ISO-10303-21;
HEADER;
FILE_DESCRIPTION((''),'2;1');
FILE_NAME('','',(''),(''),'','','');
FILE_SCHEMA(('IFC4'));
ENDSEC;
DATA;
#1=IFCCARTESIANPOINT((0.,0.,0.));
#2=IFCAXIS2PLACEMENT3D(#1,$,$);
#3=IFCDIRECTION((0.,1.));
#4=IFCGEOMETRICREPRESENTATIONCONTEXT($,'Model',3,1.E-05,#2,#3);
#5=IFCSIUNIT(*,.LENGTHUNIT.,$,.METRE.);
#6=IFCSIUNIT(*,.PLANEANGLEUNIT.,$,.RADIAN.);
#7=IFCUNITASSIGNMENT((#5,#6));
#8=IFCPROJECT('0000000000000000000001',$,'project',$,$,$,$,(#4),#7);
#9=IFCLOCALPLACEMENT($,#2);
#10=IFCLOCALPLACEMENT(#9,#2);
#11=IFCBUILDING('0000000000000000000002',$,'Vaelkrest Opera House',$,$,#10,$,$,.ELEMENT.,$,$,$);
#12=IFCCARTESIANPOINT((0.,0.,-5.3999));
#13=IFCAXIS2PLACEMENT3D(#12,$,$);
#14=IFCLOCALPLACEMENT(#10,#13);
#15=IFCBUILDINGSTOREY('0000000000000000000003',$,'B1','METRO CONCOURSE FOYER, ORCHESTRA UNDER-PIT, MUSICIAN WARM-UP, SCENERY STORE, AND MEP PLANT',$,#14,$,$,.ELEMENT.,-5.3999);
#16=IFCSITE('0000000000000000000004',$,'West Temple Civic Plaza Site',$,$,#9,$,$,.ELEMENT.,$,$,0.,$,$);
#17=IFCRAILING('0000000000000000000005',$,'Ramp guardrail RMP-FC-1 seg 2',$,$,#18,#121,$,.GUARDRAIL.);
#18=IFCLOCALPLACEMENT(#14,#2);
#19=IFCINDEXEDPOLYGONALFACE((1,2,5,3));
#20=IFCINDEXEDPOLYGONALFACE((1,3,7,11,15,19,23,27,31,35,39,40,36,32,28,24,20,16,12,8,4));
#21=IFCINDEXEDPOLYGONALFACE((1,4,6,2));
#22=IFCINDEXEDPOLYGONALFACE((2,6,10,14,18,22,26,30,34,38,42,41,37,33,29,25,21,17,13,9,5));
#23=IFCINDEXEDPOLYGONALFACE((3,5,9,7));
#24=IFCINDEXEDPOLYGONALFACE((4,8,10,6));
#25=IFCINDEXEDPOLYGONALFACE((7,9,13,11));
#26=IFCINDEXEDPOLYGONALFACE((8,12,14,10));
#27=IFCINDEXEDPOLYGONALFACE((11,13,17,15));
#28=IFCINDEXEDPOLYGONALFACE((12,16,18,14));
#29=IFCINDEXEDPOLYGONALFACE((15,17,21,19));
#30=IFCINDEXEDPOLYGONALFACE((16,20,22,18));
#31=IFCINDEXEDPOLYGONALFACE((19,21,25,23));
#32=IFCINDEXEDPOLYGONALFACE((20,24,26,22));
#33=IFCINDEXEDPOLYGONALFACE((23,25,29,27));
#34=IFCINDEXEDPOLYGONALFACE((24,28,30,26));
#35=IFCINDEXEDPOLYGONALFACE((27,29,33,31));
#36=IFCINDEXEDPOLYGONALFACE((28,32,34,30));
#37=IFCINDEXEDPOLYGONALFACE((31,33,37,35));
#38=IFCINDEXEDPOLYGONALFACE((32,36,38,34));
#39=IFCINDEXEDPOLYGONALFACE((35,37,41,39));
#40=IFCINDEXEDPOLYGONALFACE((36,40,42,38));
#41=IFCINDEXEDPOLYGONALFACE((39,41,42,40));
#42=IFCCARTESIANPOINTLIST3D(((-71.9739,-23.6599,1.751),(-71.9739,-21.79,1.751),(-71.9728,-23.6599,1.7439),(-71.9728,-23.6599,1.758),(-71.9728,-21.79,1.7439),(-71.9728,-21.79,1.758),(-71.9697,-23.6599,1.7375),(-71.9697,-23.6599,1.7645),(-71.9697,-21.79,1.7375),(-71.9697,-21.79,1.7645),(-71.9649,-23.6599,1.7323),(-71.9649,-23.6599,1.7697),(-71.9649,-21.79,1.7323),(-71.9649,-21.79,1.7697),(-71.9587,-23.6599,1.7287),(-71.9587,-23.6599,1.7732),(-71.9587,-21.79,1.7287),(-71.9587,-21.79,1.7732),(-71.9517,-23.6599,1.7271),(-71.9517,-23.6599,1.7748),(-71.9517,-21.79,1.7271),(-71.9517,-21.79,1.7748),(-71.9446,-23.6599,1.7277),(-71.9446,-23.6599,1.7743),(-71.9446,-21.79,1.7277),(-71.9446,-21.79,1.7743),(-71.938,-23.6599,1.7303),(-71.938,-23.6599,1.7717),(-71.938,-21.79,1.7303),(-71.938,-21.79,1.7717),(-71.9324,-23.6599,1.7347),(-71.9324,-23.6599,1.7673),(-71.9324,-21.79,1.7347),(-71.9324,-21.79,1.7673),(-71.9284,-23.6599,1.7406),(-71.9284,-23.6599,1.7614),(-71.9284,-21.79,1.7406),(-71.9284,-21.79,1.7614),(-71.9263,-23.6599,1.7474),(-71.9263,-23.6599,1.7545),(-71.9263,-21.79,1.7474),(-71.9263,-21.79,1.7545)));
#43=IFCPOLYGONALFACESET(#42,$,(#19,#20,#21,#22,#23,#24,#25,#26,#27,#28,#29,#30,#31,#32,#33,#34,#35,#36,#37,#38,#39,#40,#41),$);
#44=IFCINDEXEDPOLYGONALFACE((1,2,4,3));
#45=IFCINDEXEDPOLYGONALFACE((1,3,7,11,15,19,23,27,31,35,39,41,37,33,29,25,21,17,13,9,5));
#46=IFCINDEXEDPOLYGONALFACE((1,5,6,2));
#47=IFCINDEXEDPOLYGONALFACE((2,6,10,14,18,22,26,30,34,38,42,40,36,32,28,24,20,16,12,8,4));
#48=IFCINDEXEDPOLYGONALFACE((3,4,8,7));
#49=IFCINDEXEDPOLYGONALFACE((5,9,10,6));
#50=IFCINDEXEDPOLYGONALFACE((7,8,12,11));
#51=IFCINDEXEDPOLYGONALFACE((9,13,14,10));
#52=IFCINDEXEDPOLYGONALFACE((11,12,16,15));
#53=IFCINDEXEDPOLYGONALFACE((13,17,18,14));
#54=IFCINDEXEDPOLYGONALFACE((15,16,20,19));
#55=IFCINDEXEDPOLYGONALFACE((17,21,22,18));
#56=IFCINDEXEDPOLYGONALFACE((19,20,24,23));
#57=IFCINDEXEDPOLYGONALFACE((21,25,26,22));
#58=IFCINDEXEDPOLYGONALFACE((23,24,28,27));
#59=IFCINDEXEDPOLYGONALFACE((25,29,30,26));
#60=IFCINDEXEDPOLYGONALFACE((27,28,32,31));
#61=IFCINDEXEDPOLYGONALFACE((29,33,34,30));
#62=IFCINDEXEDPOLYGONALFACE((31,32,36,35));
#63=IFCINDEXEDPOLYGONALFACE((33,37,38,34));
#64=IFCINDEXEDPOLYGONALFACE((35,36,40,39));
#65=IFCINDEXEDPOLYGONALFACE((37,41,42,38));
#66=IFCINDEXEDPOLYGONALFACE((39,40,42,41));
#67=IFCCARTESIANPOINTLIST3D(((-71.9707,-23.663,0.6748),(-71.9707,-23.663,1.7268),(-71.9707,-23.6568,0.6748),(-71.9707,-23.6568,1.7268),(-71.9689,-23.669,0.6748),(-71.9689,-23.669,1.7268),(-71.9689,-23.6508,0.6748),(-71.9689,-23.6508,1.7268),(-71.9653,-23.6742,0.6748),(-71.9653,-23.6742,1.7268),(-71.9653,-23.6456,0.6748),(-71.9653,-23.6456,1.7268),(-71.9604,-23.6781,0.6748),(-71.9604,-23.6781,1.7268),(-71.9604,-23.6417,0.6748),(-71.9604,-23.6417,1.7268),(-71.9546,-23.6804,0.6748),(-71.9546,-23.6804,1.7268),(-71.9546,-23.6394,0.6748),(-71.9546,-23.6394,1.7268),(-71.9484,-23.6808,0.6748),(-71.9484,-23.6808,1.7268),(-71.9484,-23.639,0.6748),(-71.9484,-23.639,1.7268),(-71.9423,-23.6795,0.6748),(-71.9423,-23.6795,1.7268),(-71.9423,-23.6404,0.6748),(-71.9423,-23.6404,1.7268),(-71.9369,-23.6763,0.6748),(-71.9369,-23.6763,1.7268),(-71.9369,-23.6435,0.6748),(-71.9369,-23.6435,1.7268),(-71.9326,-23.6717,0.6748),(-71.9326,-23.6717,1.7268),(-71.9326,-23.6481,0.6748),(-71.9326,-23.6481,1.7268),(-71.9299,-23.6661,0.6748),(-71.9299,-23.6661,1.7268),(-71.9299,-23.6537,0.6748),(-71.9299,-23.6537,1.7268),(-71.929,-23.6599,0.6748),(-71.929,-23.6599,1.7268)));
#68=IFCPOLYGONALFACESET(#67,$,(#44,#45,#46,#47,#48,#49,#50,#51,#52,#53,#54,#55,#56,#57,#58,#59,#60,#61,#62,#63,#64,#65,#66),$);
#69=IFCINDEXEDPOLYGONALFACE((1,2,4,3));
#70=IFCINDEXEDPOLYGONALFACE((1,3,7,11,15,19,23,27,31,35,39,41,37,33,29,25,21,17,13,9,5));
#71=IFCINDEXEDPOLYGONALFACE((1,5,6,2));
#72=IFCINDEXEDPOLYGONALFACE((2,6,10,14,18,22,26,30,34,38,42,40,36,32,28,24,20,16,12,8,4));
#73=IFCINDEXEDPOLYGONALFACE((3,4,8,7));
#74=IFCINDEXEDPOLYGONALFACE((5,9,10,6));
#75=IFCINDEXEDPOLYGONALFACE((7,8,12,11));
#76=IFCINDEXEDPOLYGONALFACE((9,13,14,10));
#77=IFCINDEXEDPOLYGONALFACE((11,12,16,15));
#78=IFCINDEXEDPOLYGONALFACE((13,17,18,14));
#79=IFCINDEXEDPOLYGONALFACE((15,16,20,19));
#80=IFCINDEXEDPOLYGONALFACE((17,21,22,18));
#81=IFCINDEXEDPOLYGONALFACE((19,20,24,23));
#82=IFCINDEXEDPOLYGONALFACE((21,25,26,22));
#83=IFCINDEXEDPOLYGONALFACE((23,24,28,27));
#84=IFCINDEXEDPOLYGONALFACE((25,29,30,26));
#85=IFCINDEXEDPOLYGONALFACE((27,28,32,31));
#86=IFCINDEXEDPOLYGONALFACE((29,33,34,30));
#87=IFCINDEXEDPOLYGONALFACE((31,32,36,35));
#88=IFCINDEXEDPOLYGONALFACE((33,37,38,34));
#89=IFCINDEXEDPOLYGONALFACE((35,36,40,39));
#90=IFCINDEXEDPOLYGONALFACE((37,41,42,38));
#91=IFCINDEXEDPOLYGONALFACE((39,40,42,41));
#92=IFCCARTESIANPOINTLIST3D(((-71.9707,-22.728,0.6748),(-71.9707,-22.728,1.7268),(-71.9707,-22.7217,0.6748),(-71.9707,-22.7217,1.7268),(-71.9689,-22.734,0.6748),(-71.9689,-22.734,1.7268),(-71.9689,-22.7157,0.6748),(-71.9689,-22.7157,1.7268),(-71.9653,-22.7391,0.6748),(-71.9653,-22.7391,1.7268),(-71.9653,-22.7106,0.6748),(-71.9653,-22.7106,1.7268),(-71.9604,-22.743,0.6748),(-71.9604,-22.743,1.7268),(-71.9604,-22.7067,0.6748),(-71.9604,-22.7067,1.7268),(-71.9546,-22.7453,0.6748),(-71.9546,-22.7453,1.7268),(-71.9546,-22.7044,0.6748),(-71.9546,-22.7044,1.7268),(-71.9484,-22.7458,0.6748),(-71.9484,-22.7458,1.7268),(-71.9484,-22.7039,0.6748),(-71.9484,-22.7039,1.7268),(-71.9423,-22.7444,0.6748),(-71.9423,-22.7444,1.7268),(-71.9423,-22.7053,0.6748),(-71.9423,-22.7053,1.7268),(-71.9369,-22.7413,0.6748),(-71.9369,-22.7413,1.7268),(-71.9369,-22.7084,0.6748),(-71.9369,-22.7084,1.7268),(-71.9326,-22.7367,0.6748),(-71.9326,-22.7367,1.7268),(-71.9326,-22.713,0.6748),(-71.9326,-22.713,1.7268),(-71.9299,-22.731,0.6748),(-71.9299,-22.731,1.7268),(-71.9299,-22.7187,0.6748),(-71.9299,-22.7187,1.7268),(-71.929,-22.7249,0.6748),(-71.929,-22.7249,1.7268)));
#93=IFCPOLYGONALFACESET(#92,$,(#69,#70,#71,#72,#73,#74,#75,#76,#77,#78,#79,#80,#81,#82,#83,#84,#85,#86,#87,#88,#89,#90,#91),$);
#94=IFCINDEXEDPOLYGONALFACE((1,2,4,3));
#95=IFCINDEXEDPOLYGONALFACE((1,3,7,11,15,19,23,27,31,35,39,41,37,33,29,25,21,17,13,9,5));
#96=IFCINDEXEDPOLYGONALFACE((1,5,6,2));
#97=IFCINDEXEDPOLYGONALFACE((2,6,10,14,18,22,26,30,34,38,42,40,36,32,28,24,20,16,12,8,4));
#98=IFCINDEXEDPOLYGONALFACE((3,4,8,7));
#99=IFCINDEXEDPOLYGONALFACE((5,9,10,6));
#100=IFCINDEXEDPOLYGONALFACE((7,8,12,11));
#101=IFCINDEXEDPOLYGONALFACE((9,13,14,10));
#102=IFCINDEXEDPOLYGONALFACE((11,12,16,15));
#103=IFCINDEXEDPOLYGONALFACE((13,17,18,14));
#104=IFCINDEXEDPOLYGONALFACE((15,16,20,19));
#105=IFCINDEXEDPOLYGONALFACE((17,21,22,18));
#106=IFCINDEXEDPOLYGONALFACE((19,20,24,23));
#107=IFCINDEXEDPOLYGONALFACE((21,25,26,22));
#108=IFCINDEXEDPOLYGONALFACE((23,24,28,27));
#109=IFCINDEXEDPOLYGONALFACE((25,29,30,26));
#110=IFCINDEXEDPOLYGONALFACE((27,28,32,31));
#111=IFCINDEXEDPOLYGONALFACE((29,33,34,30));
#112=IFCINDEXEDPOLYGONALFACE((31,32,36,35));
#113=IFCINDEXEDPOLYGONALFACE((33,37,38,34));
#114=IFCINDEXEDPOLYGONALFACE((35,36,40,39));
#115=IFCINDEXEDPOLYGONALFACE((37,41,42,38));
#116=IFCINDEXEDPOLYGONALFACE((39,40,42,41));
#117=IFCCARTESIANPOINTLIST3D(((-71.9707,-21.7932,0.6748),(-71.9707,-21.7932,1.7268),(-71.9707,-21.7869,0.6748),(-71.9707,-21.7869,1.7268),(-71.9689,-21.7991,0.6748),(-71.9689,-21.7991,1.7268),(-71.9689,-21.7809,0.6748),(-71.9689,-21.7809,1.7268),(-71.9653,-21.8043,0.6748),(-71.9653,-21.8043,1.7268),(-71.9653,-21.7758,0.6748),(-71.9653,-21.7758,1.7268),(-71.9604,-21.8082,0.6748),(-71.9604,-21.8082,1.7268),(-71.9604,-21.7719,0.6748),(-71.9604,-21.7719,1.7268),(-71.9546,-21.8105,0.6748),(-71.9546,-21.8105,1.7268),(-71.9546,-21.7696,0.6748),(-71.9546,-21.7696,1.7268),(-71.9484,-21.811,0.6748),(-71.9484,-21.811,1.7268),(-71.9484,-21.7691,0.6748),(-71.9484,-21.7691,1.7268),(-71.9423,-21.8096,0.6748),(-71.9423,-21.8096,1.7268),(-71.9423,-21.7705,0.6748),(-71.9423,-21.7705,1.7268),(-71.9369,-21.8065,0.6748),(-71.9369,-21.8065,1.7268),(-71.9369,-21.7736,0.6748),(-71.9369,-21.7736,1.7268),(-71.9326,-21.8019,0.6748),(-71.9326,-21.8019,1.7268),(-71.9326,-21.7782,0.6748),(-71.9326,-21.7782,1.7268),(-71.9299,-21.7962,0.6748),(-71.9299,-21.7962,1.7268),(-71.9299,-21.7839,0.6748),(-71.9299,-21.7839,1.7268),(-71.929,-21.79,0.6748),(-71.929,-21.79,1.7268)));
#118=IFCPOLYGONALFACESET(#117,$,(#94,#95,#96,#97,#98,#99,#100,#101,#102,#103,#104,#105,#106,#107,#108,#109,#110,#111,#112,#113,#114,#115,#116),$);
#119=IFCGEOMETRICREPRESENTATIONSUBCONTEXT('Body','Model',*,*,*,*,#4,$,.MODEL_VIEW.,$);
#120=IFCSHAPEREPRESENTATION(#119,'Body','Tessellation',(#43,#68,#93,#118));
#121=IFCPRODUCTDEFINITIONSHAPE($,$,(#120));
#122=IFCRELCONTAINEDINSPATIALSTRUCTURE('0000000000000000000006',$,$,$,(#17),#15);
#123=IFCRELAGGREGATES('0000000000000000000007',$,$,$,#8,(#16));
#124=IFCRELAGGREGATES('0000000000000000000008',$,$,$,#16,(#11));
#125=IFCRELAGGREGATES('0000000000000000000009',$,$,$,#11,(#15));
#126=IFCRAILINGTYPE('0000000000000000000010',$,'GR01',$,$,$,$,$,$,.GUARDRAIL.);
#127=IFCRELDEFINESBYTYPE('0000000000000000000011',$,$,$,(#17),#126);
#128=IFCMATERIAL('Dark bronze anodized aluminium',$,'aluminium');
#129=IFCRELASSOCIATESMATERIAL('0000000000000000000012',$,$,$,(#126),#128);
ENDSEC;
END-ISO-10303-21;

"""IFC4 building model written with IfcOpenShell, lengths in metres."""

from ifc_helpers import new_model, si_unit, direction, frame, origin, origin_2d, place, context, subcontext, project, spatial, circle, extrude, material, type_object, element, save


model = new_model("IFC4")

# Units and contexts
model_context = context("Model", 3, precision=1e-05, world=origin(), true_north=direction((0.0, 1.0)))
body_context = subcontext(model_context, "Body", "Model", "MODEL_VIEW")
ifc_project = project(units=[si_unit("LENGTHUNIT", "METRE"), si_unit("PLANEANGLEUNIT", "RADIAN")], contexts=[model_context])

# Site, building, storey
site_placement = place(None, origin())
site = spatial("IfcSite", under=ifc_project, at=site_placement, Name="West Temple Civic Plaza Site", CompositionType="ELEMENT", RefElevation=0.0)
building_placement = place(site_placement, origin())
building = spatial("IfcBuilding", under=site, at=building_placement, Name="Vaelkrest Opera House", CompositionType="ELEMENT")
storey_placement = place(building_placement, frame((0.0, 0.0, -5.3999)))
storey = spatial("IfcBuildingStorey", under=building, at=storey_placement, Name="B1", Description="METRO CONCOURSE FOYER, ORCHESTRA UNDER-PIT, MUSICIAN WARM-UP, SCENERY STORE, AND MEP PLANT", CompositionType="ELEMENT", Elevation=-5.3999)

# Shared definitions
ifc_material_1 = material(Name="Dark bronze anodized aluminium", Category="aluminium")

# Railing
railing_type = type_object("IfcRailingType", Name="GR01", PredefinedType="GUARDRAIL", material=ifc_material_1)
railing_1_placement = place(storey_placement, frame((-71.95, -23.6599, 0.6748)))
element("IfcRailing", 1, at=railing_1_placement, inside=storey, type_object=railing_type, Name="Ramp guardrail RMP-FC-1 seg 2", PredefinedType="GUARDRAIL", context=body_context, shape_type="SweptSolid", body=[
    extrude(circle(Radius=0.0239, at=origin_2d()), frame((0.0, 0.0, 1.0762), z_axis=(0.0, 1.0, 0.0), x_axis=(-1.0, 0.0, 0.0)), (0.0, 0.0, 1.0), 1.8699),
    extrude(circle(Radius=0.021, at=origin_2d()), origin(), (0.0, 0.0, 1.0), 1.052),
    extrude(circle(Radius=0.021, at=origin_2d()), frame((0.0, 0.9351, 0.0)), (0.0, 0.0, 1.0), 1.052),
    extrude(circle(Radius=0.021, at=origin_2d()), frame((0.0, 1.8699, 0.0)), (0.0, 0.0, 1.0), 1.052),
])

save(model, "model.ifc")
